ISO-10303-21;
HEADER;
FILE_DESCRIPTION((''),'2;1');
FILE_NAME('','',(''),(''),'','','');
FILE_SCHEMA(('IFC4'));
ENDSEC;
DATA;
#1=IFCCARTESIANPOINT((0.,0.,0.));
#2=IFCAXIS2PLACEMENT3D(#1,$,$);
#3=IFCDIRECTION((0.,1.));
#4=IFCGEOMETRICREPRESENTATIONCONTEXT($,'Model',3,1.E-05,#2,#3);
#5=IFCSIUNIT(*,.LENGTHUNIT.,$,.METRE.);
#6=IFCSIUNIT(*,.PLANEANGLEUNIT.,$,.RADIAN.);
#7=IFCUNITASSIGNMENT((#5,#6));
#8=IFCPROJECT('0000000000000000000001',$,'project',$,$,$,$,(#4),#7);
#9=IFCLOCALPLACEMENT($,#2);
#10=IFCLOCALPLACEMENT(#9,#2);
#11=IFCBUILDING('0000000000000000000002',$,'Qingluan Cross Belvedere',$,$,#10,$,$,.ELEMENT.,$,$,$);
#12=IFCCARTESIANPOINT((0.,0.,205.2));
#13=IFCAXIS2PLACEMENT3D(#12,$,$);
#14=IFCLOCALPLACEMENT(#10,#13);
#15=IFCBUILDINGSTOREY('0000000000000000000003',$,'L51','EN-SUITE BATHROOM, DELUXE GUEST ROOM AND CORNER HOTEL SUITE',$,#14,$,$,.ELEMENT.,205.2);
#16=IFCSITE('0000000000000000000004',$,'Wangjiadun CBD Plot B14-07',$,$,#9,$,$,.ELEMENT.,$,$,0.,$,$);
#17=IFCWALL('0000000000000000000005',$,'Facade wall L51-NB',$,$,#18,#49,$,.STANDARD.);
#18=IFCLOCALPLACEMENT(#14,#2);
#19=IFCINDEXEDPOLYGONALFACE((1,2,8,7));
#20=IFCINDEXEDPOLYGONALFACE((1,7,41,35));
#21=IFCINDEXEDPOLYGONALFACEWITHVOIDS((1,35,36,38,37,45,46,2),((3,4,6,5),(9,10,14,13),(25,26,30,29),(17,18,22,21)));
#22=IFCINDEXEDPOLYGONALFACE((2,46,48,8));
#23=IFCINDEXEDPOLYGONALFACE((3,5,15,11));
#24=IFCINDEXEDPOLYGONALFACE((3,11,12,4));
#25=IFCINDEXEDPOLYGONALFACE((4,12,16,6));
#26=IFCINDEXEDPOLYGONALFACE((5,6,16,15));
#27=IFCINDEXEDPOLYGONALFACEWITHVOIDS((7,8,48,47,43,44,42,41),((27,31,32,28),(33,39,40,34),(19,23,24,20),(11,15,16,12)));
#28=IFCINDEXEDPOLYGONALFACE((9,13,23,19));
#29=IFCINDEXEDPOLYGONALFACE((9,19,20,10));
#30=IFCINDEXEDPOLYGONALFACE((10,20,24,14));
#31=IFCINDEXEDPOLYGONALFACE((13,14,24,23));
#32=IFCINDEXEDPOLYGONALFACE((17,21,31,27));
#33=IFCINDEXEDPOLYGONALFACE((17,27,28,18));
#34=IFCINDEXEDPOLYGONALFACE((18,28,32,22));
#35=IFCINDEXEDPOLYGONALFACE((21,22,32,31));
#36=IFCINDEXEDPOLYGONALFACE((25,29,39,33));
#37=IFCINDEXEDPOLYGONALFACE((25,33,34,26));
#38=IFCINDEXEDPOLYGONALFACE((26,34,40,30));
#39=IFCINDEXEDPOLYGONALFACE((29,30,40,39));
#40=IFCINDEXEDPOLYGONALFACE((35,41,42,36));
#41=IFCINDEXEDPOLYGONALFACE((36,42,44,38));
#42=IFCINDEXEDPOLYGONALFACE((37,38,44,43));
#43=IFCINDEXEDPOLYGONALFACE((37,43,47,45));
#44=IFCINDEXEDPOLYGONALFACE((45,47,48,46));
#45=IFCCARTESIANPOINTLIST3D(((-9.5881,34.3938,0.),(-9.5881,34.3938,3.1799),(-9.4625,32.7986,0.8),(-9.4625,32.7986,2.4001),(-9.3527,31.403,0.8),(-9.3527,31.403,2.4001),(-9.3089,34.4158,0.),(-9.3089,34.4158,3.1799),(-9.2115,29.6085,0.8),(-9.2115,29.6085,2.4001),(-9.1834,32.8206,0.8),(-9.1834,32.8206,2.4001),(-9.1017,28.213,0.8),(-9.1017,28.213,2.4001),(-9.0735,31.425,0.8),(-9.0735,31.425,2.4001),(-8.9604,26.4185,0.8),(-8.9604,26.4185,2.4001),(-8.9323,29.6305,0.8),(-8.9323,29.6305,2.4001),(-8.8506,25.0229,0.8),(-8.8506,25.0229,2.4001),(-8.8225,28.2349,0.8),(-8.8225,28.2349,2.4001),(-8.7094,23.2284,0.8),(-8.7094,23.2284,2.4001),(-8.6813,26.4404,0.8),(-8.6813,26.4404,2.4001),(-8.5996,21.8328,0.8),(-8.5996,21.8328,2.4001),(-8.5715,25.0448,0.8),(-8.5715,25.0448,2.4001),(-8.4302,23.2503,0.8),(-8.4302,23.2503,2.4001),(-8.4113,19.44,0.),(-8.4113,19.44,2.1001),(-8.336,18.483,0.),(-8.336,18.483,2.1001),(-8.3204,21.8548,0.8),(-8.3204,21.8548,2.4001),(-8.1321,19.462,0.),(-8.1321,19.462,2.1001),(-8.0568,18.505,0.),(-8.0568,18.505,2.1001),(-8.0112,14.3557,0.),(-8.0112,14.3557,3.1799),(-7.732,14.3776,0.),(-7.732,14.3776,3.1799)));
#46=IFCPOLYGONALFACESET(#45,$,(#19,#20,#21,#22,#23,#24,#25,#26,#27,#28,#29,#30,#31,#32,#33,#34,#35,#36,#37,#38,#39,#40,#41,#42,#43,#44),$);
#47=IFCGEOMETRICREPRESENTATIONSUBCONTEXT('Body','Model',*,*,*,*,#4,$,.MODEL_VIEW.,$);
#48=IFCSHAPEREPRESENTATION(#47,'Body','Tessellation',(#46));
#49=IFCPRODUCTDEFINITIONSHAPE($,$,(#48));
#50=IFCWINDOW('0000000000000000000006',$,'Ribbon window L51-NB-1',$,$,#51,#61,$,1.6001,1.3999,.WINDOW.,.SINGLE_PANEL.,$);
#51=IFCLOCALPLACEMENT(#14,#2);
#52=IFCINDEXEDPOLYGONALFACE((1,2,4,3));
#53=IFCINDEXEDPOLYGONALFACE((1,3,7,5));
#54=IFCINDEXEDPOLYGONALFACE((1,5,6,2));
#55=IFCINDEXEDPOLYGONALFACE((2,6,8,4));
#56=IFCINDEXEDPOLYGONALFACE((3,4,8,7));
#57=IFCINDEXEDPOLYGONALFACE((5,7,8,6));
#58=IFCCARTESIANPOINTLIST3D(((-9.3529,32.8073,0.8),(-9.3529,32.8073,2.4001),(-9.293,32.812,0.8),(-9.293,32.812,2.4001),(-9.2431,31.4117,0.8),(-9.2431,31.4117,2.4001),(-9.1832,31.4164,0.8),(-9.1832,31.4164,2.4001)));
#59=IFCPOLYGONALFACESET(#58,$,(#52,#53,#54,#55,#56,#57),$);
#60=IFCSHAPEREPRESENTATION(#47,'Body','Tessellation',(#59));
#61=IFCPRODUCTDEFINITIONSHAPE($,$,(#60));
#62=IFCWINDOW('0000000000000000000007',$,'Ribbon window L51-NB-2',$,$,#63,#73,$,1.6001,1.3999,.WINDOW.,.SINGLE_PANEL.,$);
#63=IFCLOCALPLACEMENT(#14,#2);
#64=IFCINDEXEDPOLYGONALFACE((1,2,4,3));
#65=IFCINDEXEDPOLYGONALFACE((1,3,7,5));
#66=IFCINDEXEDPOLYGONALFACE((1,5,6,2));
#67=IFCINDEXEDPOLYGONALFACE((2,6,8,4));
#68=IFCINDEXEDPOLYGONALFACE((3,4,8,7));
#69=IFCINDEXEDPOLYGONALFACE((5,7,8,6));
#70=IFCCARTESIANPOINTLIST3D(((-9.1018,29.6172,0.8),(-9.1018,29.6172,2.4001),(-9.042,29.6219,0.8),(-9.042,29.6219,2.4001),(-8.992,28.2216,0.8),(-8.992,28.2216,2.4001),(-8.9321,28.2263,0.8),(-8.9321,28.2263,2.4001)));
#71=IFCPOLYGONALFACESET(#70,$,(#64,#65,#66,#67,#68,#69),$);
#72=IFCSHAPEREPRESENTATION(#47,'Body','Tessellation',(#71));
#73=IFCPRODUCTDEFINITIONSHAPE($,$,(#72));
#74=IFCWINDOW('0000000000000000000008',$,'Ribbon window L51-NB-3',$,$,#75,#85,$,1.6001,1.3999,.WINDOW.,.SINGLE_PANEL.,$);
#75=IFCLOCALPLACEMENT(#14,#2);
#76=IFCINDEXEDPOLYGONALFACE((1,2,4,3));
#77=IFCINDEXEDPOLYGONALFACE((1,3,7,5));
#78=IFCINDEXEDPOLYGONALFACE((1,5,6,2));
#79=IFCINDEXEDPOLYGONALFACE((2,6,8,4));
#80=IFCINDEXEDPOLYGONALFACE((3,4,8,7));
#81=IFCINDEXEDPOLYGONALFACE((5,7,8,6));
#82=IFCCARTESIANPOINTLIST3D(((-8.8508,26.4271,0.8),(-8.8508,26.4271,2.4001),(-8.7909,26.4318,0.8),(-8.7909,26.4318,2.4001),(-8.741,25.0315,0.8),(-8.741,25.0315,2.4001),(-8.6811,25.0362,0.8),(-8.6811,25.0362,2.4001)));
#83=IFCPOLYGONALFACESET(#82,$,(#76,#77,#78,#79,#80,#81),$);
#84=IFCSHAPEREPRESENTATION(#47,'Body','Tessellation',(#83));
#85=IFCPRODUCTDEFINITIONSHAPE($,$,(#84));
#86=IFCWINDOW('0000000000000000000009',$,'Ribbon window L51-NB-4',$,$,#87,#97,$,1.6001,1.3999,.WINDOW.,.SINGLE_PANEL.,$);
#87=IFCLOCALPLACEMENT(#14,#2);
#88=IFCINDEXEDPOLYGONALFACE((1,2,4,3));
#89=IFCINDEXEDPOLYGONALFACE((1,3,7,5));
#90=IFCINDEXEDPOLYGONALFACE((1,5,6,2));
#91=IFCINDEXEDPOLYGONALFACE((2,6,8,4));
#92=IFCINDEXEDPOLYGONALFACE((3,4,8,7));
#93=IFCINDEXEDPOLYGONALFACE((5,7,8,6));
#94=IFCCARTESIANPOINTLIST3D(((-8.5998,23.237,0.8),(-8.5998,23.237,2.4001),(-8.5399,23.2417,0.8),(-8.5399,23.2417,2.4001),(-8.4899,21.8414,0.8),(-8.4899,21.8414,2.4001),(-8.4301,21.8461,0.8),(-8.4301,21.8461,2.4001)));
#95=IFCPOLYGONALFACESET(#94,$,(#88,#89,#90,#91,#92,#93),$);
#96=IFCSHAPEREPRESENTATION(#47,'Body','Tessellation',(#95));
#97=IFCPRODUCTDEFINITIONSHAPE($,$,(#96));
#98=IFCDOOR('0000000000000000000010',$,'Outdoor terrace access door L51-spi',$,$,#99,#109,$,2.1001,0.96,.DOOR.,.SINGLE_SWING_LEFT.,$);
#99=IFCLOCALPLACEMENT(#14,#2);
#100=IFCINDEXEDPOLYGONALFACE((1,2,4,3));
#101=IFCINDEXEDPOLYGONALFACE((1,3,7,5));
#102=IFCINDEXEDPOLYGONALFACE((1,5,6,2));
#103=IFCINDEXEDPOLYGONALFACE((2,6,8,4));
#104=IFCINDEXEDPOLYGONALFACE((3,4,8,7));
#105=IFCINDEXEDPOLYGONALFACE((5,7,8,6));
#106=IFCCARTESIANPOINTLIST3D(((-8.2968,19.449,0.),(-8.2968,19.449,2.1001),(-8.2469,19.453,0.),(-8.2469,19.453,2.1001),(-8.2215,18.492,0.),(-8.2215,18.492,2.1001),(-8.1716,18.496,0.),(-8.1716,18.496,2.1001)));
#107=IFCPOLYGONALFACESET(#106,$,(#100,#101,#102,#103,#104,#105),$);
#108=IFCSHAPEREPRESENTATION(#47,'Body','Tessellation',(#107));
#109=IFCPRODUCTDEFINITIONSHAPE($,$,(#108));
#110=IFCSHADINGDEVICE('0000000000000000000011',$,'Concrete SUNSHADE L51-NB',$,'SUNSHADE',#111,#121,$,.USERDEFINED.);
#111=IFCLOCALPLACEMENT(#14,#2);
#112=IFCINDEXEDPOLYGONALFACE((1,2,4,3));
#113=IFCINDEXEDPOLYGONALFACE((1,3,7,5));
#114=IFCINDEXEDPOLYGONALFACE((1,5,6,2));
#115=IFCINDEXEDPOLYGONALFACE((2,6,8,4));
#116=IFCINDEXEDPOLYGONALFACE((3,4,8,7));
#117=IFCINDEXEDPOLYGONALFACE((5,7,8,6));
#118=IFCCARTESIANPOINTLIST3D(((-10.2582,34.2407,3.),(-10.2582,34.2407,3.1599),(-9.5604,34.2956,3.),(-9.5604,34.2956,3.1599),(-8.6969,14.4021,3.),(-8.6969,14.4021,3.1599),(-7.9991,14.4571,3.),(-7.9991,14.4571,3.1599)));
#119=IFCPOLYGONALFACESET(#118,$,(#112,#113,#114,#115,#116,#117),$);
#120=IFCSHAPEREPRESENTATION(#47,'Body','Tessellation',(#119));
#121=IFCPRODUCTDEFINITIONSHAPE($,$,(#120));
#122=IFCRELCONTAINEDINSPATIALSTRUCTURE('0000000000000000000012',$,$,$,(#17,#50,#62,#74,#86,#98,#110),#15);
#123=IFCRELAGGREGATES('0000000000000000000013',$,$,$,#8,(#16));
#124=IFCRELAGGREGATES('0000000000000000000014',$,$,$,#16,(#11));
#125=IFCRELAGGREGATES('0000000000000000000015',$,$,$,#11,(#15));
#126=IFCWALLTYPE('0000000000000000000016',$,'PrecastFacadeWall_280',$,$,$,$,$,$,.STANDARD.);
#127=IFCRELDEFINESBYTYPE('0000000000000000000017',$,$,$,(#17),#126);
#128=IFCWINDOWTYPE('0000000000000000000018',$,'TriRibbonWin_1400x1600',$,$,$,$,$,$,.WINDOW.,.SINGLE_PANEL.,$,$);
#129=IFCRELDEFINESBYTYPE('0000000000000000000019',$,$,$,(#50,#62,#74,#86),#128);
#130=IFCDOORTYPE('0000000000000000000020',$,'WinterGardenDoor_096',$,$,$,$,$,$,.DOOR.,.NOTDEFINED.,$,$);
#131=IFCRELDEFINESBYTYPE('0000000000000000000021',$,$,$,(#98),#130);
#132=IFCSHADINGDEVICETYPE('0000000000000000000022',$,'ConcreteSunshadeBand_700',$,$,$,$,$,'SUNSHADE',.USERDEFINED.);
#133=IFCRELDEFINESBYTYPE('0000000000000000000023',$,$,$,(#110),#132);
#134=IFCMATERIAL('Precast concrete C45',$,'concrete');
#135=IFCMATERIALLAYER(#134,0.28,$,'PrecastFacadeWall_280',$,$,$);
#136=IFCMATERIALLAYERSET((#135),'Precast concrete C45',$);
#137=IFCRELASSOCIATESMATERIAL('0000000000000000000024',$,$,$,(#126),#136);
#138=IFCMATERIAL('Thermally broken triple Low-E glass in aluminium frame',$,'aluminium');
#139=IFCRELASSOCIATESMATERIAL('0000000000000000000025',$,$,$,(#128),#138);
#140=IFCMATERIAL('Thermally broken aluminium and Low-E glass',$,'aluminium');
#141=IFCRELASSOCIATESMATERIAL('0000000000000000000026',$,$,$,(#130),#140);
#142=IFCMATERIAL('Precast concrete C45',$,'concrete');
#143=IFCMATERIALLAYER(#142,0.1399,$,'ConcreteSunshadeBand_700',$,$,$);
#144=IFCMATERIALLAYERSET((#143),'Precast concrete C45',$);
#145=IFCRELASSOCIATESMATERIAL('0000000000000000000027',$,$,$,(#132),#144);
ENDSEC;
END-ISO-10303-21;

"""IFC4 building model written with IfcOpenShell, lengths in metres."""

from ifc_helpers import new_model, si_unit, direction, frame, frame_2d, origin, origin_2d, place, context, subcontext, project, spatial, rectangle, extrude, material, layer, layer_set, type_object, element, fill, save


model = new_model("IFC4")

# Units and contexts
model_context = context("Model", 3, precision=1e-05, world=origin(), true_north=direction((0.0, 1.0)))
body_context = subcontext(model_context, "Body", "Model", "MODEL_VIEW")
ifc_project = project(units=[si_unit("LENGTHUNIT", "METRE"), si_unit("PLANEANGLEUNIT", "RADIAN")], contexts=[model_context])

# Site, building, storey
site_placement = place(None, origin())
site = spatial("IfcSite", under=ifc_project, at=site_placement, Name="Wangjiadun CBD Plot B14-07", CompositionType="ELEMENT", RefElevation=0.0)
building_placement = place(site_placement, origin())
building = spatial("IfcBuilding", under=site, at=building_placement, Name="Qingluan Cross Belvedere", CompositionType="ELEMENT")
storey_placement = place(building_placement, frame((0.0, 0.0, 205.2)))
storey = spatial("IfcBuildingStorey", under=building, at=storey_placement, Name="L51", Description="EN-SUITE BATHROOM, DELUXE GUEST ROOM AND CORNER HOTEL SUITE", CompositionType="ELEMENT", Elevation=205.2)

# Wall, openings, windows, door
ifc_material_1 = material(Name="Precast concrete C45", Category="concrete")
ifc_layer_1 = layer(ifc_material_1, 0.28, Name="PrecastFacadeWall_280")
ifc_layer_set_1 = layer_set([ifc_layer_1], Name="Precast concrete C45")
wall_type_1 = type_object("IfcWallType", Name="PrecastFacadeWall_280", PredefinedType="STANDARD", material=ifc_layer_set_1)
wall_1_placement = place(storey_placement, frame((-9.4485, 34.4048, 0.0), z_axis=(0.0, 0.0, 1.0), x_axis=(0.078453, -0.996918, 0.0)))
wall_1 = element("IfcWall", 1, at=wall_1_placement, inside=storey, type_object=wall_type_1, Name="Facade wall L51-NB", PredefinedType="STANDARD", context=body_context, shape_type="SweptSolid", body=[
    extrude(rectangle(XDim=20.1001, YDim=0.28, at=frame_2d((10.05, 0.0))), origin(), (0.0, 0.0, 1.0), 3.1799),
])
opening_1_placement = place(wall_1_placement, frame((1.6001, 0.0, 0.8)))
opening_1 = element("IfcOpeningElement", 2, at=opening_1_placement, cuts=wall_1, PredefinedType="OPENING", context=body_context, shape_type="SweptSolid", body=[
    extrude(rectangle(XDim=1.3999, YDim=1.6001, at=frame_2d((0.7, 0.8))), frame((0.0, 0.1499, 0.0), z_axis=(0.0, -1.0, 0.0), x_axis=(1.0, 0.0, 0.0)), (0.0, 0.0, 1.0), 0.3),
])
opening_2_placement = place(wall_1_placement, frame((4.8, 0.0, 0.8)))
opening_2 = element("IfcOpeningElement", 3, at=opening_2_placement, cuts=wall_1, PredefinedType="OPENING", context=body_context, shape_type="SweptSolid", body=[
    extrude(rectangle(XDim=1.3999, YDim=1.6001, at=frame_2d((0.7, 0.8))), frame((0.0, 0.1499, 0.0), z_axis=(0.0, -1.0, 0.0), x_axis=(1.0, 0.0, 0.0)), (0.0, 0.0, 1.0), 0.3),
])
opening_3_placement = place(wall_1_placement, frame((8.0, 0.0, 0.8)))
opening_3 = element("IfcOpeningElement", 4, at=opening_3_placement, cuts=wall_1, PredefinedType="OPENING", context=body_context, shape_type="SweptSolid", body=[
    extrude(rectangle(XDim=1.3999, YDim=1.6001, at=frame_2d((0.7, 0.8))), frame((0.0, 0.1499, 0.0), z_axis=(0.0, -1.0, 0.0), x_axis=(1.0, 0.0, 0.0)), (0.0, 0.0, 1.0), 0.3),
])
opening_4_placement = place(wall_1_placement, frame((11.2, 0.0, 0.8)))
opening_4 = element("IfcOpeningElement", 5, at=opening_4_placement, cuts=wall_1, PredefinedType="OPENING", context=body_context, shape_type="SweptSolid", body=[
    extrude(rectangle(XDim=1.3999, YDim=1.6001, at=frame_2d((0.7, 0.8))), frame((0.0, 0.1499, 0.0), z_axis=(0.0, -1.0, 0.0), x_axis=(1.0, 0.0, 0.0)), (0.0, 0.0, 1.0), 0.3),
])
opening_5_placement = place(wall_1_placement, frame((15.0, 0.0, 0.0)))
opening_5 = element("IfcOpeningElement", 6, at=opening_5_placement, cuts=wall_1, PredefinedType="OPENING", context=body_context, shape_type="SweptSolid", body=[
    extrude(rectangle(XDim=0.96, YDim=2.1001, at=frame_2d((0.48, 1.05))), frame((0.0, 0.1499, 0.0), z_axis=(0.0, -1.0, 0.0), x_axis=(1.0, 0.0, 0.0)), (0.0, 0.0, 1.0), 0.3),
])
ifc_material_2 = material(Name="Thermally broken triple Low-E glass in aluminium frame", Category="aluminium")
window_type = type_object("IfcWindowType", Name="TriRibbonWin_1400x1600", PartitioningType="SINGLE_PANEL", PredefinedType="WINDOW", material=ifc_material_2)
window_1_placement = place(opening_1_placement, origin())
window_1 = element("IfcWindow", 7, at=window_1_placement, inside=storey, type_object=window_type, Name="Ribbon window L51-NB-1", OverallHeight=1.6001, OverallWidth=1.3999, PartitioningType="SINGLE_PANEL", PredefinedType="WINDOW", context=body_context, shape_type="SweptSolid", body=[
    extrude(rectangle(XDim=1.3999, YDim=1.6001, at=frame_2d((0.7, 0.8))), frame((0.0, 0.03, 0.0), z_axis=(0.0, -1.0, 0.0), x_axis=(1.0, 0.0, 0.0)), (0.0, 0.0, 1.0), 0.0601),
])
fill(opening_1, window_1)
window_2_placement = place(opening_2_placement, origin())
window_2 = element("IfcWindow", 8, at=window_2_placement, inside=storey, type_object=window_type, Name="Ribbon window L51-NB-2", OverallHeight=1.6001, OverallWidth=1.3999, PartitioningType="SINGLE_PANEL", PredefinedType="WINDOW", context=body_context, shape_type="SweptSolid", body=[
    extrude(rectangle(XDim=1.3999, YDim=1.6001, at=frame_2d((0.7, 0.8))), frame((0.0, 0.03, 0.0), z_axis=(0.0, -1.0, 0.0), x_axis=(1.0, 0.0, 0.0)), (0.0, 0.0, 1.0), 0.0601),
])
fill(opening_2, window_2)
window_3_placement = place(opening_3_placement, origin())
window_3 = element("IfcWindow", 9, at=window_3_placement, inside=storey, type_object=window_type, Name="Ribbon window L51-NB-3", OverallHeight=1.6001, OverallWidth=1.3999, PartitioningType="SINGLE_PANEL", PredefinedType="WINDOW", context=body_context, shape_type="SweptSolid", body=[
    extrude(rectangle(XDim=1.3999, YDim=1.6001, at=frame_2d((0.7, 0.8))), frame((0.0, 0.03, 0.0), z_axis=(0.0, -1.0, 0.0), x_axis=(1.0, 0.0, 0.0)), (0.0, 0.0, 1.0), 0.0601),
])
fill(opening_3, window_3)
window_4_placement = place(opening_4_placement, origin())
window_4 = element("IfcWindow", 10, at=window_4_placement, inside=storey, type_object=window_type, Name="Ribbon window L51-NB-4", OverallHeight=1.6001, OverallWidth=1.3999, PartitioningType="SINGLE_PANEL", PredefinedType="WINDOW", context=body_context, shape_type="SweptSolid", body=[
    extrude(rectangle(XDim=1.3999, YDim=1.6001, at=frame_2d((0.7, 0.8))), frame((0.0, 0.03, 0.0), z_axis=(0.0, -1.0, 0.0), x_axis=(1.0, 0.0, 0.0)), (0.0, 0.0, 1.0), 0.0601),
])
fill(opening_4, window_4)
ifc_material_3 = material(Name="Thermally broken aluminium and Low-E glass", Category="aluminium")
door_type_1 = type_object("IfcDoorType", Name="WinterGardenDoor_096", OperationType="NOTDEFINED", PredefinedType="DOOR", material=ifc_material_3)
door_1_placement = place(opening_5_placement, origin())
door_1 = element("IfcDoor", 11, at=door_1_placement, inside=storey, type_object=door_type_1, Name="Outdoor terrace access door L51-spi", OperationType="SINGLE_SWING_LEFT", OverallHeight=2.1001, OverallWidth=0.96, PredefinedType="DOOR", context=body_context, shape_type="SweptSolid", body=[
    extrude(rectangle(XDim=0.96, YDim=2.1001, at=frame_2d((0.48, 1.05))), frame((0.0, 0.0249, 0.0), z_axis=(0.0, -1.0, 0.0), x_axis=(1.0, 0.0, 0.0)), (0.0, 0.0, 1.0), 0.05),
])
fill(opening_5, door_1)

# Shading device
ifc_material_4 = material(Name="Precast concrete C45", Category="concrete")
ifc_layer_2 = layer(ifc_material_4, 0.1399, Name="ConcreteSunshadeBand_700")
ifc_layer_set_2 = layer_set([ifc_layer_2], Name="Precast concrete C45")
shading_device_type = type_object("IfcShadingDeviceType", Name="ConcreteSunshadeBand_700", ElementType="SUNSHADE", PredefinedType="USERDEFINED", material=ifc_layer_set_2)
shading_device_placement = place(storey_placement, frame((-9.1287, 24.3489, 3.0), z_axis=(0.0, 0.0, 1.0), x_axis=(0.078458, -0.996917, 0.0)))
element("IfcShadingDevice", 12, at=shading_device_placement, inside=storey, type_object=shading_device_type, Name="Concrete SUNSHADE L51-NB", ObjectType="SUNSHADE", PredefinedType="USERDEFINED", context=body_context, shape_type="SweptSolid", body=[
    extrude(rectangle(XDim=19.8999, YDim=0.7, at=origin_2d()), origin(), (0.0, 0.0, 1.0), 0.1599),
])

save(model, "model.ifc")
